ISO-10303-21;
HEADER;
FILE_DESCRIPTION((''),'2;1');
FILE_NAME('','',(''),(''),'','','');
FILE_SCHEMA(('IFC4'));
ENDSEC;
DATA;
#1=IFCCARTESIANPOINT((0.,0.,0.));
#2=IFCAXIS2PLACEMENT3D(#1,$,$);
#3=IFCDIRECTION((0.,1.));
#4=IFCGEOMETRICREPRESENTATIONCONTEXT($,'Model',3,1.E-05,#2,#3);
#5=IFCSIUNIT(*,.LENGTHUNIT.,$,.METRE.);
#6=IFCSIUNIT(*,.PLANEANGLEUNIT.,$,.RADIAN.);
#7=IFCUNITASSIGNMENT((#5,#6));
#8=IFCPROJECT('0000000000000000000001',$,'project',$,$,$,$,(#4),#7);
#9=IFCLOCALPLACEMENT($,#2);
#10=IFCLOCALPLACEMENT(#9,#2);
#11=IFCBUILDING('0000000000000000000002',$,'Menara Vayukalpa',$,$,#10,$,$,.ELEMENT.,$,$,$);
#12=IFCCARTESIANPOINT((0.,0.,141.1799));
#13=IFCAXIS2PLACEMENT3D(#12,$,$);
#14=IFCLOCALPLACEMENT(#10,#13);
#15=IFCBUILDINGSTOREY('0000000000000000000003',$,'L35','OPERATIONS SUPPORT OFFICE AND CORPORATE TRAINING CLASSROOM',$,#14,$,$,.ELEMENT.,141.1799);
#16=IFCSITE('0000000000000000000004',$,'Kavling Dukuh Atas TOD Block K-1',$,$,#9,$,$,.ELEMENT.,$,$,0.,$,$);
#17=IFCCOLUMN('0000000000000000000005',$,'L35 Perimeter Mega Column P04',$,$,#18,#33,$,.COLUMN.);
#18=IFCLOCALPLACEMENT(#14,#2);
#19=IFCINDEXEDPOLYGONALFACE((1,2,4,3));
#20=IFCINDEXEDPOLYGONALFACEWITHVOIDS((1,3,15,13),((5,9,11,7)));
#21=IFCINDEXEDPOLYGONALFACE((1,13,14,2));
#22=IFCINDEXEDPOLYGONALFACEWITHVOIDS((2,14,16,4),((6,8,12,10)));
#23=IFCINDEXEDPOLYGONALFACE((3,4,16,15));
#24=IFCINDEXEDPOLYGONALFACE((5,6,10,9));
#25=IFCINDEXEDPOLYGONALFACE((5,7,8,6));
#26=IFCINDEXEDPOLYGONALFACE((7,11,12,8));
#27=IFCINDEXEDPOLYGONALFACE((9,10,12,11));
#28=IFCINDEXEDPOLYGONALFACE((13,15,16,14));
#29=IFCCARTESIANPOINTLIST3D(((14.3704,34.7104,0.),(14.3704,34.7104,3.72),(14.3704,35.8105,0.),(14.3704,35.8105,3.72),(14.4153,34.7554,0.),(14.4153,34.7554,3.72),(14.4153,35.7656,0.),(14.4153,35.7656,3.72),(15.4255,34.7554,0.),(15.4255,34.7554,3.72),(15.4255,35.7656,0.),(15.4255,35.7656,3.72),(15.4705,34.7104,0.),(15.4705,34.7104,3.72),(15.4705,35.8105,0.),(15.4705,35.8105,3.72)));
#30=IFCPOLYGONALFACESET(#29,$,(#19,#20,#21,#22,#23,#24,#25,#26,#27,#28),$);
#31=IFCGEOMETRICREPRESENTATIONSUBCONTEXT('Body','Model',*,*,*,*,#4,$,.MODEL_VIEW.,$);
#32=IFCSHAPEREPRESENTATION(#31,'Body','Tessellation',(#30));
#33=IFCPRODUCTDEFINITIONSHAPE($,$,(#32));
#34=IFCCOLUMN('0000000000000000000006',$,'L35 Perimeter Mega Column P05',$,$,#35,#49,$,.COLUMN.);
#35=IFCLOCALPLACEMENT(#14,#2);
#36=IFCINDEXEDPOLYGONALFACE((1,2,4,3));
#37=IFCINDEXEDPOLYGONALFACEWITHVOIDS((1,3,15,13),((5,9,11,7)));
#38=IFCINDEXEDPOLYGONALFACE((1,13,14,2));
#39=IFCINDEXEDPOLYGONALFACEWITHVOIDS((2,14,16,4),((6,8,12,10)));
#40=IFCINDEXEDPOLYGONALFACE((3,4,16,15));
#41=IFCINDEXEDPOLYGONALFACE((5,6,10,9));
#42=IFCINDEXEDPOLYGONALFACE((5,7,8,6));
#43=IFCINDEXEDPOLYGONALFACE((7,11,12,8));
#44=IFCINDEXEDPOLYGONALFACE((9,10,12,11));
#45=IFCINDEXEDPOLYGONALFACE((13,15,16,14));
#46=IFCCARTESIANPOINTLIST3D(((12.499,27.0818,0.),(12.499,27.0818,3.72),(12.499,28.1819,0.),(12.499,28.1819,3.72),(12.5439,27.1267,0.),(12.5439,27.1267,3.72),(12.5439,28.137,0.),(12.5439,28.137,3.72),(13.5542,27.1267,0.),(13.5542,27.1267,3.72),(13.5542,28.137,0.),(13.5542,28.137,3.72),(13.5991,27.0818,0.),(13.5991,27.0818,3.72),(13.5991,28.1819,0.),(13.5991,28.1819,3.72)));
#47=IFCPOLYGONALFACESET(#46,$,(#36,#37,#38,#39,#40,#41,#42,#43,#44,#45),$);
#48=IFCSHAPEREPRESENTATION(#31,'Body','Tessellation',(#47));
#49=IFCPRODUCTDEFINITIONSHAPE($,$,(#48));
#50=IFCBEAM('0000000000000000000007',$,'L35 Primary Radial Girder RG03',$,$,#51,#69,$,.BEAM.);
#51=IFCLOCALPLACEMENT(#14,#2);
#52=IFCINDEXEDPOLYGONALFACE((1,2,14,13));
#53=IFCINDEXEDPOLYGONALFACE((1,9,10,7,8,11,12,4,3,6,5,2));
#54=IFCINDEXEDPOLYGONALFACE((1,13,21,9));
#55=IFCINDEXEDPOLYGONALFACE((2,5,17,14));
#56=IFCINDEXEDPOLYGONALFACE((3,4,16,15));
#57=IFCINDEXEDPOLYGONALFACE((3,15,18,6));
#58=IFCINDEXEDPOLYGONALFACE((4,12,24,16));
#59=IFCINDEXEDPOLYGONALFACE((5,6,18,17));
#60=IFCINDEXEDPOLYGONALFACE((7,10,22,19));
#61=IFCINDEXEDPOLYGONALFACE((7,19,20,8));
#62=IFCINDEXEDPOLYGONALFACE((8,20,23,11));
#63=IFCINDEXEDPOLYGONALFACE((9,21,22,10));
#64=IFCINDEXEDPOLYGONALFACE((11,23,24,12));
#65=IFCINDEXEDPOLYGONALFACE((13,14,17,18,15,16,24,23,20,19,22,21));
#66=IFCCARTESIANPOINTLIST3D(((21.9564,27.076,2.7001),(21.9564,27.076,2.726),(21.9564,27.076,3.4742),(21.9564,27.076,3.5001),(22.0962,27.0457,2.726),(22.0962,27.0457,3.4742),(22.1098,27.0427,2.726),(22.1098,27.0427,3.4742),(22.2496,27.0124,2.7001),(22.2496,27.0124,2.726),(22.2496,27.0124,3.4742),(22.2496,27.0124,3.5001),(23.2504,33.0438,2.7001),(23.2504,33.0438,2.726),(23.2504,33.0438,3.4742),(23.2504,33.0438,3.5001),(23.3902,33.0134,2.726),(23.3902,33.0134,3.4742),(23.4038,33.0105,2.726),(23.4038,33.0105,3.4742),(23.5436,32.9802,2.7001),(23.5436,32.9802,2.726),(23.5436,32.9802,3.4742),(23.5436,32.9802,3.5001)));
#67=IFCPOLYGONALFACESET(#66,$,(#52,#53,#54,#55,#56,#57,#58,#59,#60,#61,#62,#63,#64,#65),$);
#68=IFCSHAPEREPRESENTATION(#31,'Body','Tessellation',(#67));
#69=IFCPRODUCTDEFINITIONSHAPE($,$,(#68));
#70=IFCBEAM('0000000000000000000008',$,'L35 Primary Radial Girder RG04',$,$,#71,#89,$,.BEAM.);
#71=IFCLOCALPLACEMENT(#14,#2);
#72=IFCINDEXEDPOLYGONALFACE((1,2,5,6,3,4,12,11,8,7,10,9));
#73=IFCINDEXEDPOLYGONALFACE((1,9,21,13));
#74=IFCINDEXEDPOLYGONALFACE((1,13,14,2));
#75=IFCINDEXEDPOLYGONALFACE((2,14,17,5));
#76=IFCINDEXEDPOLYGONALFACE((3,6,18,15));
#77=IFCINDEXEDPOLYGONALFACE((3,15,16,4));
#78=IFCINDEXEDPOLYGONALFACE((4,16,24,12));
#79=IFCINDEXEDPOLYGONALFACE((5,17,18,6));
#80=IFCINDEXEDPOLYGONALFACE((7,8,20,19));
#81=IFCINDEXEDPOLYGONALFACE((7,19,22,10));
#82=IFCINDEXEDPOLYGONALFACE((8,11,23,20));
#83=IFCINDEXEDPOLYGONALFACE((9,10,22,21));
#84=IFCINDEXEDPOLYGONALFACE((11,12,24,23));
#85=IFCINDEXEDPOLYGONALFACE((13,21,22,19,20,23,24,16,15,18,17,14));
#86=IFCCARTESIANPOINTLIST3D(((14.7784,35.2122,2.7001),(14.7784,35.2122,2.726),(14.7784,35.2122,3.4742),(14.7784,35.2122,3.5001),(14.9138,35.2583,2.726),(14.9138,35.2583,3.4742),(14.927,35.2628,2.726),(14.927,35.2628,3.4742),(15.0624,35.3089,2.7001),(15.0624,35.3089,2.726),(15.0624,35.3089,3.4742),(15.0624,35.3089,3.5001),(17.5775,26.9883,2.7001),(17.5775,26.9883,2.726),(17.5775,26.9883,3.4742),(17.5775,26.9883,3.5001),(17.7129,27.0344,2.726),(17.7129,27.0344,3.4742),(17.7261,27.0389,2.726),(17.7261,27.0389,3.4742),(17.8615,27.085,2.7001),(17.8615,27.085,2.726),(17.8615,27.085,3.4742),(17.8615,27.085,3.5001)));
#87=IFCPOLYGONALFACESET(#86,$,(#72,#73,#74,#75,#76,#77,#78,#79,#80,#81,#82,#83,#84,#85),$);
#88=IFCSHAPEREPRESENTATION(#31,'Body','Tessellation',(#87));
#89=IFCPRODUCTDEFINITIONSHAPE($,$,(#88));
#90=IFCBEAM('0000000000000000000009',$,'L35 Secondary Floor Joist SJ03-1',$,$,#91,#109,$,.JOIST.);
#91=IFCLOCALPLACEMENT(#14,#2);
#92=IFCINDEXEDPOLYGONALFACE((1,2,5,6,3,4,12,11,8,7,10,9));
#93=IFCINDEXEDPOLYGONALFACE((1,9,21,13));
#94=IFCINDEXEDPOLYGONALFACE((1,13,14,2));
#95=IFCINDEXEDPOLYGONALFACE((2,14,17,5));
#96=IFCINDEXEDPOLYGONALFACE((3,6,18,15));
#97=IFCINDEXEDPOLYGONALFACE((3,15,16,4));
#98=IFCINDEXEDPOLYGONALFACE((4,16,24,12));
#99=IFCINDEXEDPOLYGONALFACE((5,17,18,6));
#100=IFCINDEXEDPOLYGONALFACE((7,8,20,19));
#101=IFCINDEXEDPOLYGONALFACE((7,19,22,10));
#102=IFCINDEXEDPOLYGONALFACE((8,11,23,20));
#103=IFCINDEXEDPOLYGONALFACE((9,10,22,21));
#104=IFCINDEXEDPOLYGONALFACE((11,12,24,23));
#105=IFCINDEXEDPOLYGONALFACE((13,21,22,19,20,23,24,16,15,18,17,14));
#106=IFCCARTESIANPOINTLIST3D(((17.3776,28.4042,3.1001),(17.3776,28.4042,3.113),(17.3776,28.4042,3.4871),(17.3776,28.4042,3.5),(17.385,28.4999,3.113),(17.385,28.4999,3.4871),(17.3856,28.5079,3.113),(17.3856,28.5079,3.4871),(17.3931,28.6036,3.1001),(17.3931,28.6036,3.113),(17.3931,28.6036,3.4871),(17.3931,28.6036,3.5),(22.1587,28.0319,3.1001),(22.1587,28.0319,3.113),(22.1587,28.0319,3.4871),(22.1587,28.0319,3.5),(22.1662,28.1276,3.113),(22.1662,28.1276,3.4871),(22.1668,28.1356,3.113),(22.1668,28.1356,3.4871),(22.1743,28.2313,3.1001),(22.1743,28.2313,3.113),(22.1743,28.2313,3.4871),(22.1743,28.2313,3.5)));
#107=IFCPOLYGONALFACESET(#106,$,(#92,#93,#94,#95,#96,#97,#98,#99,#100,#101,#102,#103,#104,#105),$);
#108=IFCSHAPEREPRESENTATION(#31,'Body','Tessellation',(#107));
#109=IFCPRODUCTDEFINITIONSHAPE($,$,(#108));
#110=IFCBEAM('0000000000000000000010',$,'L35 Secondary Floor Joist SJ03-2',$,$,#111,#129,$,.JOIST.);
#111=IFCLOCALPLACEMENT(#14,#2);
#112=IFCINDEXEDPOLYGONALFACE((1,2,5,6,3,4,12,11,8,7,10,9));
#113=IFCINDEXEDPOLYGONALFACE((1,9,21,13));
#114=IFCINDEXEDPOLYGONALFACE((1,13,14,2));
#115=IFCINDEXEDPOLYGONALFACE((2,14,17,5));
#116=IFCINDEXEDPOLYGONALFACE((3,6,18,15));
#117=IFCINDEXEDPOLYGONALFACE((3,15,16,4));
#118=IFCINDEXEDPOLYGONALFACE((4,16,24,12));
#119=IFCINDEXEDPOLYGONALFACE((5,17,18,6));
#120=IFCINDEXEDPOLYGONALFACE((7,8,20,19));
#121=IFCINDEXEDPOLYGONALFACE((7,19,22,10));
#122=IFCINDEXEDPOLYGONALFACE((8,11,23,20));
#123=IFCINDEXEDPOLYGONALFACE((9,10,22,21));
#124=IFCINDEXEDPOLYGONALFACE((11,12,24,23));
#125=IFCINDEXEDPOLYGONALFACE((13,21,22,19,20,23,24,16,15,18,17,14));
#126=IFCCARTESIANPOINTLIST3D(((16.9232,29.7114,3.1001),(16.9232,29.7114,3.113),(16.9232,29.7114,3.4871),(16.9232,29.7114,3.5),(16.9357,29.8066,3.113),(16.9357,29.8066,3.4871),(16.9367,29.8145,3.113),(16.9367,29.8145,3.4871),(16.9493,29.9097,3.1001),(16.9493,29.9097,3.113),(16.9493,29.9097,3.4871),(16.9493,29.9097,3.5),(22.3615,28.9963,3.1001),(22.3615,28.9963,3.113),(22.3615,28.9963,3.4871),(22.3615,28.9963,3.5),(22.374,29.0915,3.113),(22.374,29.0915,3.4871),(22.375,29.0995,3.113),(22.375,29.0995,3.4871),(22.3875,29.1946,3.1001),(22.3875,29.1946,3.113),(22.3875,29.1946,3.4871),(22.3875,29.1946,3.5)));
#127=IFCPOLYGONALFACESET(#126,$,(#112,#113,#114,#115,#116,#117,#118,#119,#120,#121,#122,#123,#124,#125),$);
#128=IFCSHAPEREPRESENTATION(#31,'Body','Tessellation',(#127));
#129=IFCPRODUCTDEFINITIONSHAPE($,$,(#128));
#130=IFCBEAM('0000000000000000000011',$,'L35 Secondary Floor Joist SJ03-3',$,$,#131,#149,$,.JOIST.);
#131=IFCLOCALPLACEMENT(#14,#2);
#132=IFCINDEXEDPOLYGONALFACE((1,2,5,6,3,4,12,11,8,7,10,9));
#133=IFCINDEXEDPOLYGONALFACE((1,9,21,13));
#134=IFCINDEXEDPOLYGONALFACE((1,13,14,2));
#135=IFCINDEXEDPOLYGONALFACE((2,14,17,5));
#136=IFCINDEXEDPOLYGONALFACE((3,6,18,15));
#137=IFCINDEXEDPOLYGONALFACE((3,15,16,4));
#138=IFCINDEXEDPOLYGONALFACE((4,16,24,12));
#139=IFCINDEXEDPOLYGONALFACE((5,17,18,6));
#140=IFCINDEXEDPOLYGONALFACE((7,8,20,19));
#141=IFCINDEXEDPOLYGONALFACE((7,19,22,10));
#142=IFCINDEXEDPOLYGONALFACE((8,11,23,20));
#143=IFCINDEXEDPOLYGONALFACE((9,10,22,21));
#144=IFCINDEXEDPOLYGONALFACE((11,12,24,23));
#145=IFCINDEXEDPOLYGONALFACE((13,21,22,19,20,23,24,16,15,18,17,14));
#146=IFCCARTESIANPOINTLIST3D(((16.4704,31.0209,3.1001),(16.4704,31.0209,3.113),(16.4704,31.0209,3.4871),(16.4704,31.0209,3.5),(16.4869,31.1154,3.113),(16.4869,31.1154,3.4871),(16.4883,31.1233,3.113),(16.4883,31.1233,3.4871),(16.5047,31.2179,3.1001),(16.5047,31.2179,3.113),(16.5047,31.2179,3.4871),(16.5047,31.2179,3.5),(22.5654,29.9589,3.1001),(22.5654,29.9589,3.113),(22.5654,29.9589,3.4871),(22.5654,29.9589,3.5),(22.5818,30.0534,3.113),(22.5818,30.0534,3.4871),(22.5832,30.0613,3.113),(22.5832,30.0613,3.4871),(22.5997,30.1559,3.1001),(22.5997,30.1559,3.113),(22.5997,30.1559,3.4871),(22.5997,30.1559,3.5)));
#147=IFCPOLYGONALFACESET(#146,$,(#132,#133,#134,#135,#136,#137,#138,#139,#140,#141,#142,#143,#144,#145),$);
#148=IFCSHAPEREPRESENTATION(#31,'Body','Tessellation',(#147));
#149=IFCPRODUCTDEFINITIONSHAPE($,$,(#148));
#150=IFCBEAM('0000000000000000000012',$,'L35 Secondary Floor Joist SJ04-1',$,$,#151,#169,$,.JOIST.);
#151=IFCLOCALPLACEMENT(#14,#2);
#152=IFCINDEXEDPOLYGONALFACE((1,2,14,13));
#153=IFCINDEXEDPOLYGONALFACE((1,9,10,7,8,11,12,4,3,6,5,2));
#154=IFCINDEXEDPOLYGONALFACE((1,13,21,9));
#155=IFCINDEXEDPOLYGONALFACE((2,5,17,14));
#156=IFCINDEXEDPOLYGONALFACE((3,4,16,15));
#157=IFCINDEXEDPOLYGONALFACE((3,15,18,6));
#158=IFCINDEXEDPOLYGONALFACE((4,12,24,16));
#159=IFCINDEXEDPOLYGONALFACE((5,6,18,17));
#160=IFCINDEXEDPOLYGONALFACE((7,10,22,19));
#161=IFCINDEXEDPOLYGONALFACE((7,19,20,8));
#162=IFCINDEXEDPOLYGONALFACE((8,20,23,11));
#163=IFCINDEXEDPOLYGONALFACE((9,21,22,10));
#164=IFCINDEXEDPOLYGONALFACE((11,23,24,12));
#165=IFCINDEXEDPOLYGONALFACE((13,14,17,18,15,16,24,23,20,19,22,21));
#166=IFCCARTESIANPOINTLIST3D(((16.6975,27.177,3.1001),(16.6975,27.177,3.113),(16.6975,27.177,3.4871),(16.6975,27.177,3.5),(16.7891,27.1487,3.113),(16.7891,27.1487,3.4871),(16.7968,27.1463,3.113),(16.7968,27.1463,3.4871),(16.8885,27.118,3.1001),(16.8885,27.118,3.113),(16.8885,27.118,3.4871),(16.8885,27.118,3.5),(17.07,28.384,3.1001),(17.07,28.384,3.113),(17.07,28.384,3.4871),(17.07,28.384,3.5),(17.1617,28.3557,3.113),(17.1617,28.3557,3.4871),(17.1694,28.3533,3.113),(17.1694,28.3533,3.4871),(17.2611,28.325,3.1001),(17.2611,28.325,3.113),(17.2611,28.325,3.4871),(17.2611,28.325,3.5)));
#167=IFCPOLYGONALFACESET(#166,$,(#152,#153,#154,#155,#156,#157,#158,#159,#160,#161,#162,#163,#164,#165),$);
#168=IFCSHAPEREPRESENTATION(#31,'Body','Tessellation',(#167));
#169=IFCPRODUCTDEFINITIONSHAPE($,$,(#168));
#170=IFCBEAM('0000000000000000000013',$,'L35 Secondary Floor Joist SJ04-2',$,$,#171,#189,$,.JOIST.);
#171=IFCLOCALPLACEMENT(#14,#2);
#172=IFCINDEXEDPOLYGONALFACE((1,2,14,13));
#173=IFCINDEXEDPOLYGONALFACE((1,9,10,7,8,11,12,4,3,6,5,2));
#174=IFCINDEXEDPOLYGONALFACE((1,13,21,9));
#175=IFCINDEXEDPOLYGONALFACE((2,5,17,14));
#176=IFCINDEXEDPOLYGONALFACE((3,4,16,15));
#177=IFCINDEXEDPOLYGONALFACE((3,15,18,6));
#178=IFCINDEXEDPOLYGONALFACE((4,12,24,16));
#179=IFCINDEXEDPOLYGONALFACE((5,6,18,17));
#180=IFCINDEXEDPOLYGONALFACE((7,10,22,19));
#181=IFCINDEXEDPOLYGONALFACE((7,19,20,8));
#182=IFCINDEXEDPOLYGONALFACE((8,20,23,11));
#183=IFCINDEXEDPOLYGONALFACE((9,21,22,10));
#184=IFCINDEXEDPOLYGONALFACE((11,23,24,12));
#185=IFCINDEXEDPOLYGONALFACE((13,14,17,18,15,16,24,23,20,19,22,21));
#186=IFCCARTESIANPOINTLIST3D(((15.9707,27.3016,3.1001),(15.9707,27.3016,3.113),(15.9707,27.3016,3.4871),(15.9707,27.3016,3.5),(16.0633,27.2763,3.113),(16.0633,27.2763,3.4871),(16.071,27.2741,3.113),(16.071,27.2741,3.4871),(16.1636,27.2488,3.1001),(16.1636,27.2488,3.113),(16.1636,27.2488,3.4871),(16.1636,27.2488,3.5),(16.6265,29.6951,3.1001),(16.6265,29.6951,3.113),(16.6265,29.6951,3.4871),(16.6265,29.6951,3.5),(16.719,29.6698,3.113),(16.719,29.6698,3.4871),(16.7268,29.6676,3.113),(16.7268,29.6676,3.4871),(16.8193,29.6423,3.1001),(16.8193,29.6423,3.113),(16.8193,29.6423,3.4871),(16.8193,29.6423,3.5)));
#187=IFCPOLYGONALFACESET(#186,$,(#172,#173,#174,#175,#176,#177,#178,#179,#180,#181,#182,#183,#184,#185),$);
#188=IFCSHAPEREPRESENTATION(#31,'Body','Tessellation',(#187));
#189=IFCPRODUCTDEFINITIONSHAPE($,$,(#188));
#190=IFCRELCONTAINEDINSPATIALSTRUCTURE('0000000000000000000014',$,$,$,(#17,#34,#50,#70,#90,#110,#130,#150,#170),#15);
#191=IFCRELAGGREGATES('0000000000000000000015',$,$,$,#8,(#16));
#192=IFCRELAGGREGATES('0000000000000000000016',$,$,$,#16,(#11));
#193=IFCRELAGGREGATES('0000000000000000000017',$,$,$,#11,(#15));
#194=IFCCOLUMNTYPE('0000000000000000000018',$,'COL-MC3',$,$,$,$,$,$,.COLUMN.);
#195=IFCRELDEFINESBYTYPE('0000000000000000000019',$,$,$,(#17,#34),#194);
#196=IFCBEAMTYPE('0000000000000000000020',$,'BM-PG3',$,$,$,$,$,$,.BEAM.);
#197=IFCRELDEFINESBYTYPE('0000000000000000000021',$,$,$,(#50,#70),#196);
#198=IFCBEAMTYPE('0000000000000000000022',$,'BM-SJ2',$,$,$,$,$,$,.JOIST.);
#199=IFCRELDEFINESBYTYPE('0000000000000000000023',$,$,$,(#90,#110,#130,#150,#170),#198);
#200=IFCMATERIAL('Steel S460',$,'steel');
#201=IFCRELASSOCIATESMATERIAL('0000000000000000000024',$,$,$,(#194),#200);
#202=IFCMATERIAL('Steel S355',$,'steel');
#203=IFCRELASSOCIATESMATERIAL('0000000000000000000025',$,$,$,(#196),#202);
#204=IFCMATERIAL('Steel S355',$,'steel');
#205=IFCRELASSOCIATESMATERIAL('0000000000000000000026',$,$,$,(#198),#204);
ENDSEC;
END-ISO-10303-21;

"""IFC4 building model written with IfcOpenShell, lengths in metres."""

from ifc_helpers import new_model, si_unit, direction, frame, origin, origin_2d, place, context, subcontext, project, spatial, hollow_rectangle, i_section, extrude, material, material_profile, profile_set, type_object, element, save


model = new_model("IFC4")

# Units and contexts
model_context = context("Model", 3, precision=1e-05, world=origin(), true_north=direction((0.0, 1.0)))
body_context = subcontext(model_context, "Body", "Model", "MODEL_VIEW")
ifc_project = project(units=[si_unit("LENGTHUNIT", "METRE"), si_unit("PLANEANGLEUNIT", "RADIAN")], contexts=[model_context])

# Site, building, storey
site_placement = place(None, origin())
site = spatial("IfcSite", under=ifc_project, at=site_placement, Name="Kavling Dukuh Atas TOD Block K-1", CompositionType="ELEMENT", RefElevation=0.0)
building_placement = place(site_placement, origin())
building = spatial("IfcBuilding", under=site, at=building_placement, Name="Menara Vayukalpa", CompositionType="ELEMENT")
storey_placement = place(building_placement, frame((0.0, 0.0, 141.1799)))
storey = spatial("IfcBuildingStorey", under=building, at=storey_placement, Name="L35", Description="OPERATIONS SUPPORT OFFICE AND CORPORATE TRAINING CLASSROOM", CompositionType="ELEMENT", Elevation=141.1799)

# Columns
ifc_material_1 = material(Name="Steel S460", Category="steel")
ifc_material_profile_1 = material_profile(ifc_material_1, hollow_rectangle(XDim=1.1001, YDim=1.1001, WallThickness=0.0449, at=origin_2d()), Name="BOX 1100x1100x45")
ifc_profile_set_1 = profile_set([ifc_material_profile_1], Name="Steel S460")
column_type = type_object("IfcColumnType", Name="COL-MC3", PredefinedType="COLUMN", material=ifc_profile_set_1)
for number, where, z_axis, x_axis, name in (
    (1, (14.9204, 35.2605, 0.0), (0.0, 0.0, 1.0), (1.0, 0.0, 0.0), "L35 Perimeter Mega Column P04"),
    (2, (13.0491, 27.6318, 0.0), (0.0, 0.0, 1.0), (1.0, 0.0, 0.0), "L35 Perimeter Mega Column P05"),
):
    element("IfcColumn", number, at=place(storey_placement, frame(where, z_axis=z_axis, x_axis=x_axis)), inside=storey, type_object=column_type, Name=name, PredefinedType="COLUMN", context=body_context, shape_type="SweptSolid", body=[
        extrude(hollow_rectangle(XDim=1.1001, YDim=1.1001, WallThickness=0.0449, at=origin_2d()), origin(), (0.0, 0.0, 1.0), 3.72),
    ])

# Beams
ifc_material_2 = material(Name="Steel S355", Category="steel")
ifc_material_profile_2 = material_profile(ifc_material_2, i_section(OverallWidth=0.3, OverallDepth=0.8, WebThickness=0.0139, FlangeThickness=0.0259, at=origin_2d()), Name="WF 800x300x14x26")
ifc_profile_set_2 = profile_set([ifc_material_profile_2], Name="Steel S355")
beam_type_1 = type_object("IfcBeamType", Name="BM-PG3", PredefinedType="BEAM", material=ifc_profile_set_2)
beam_1_placement = place(storey_placement, frame((22.103, 27.0442, 3.1001), z_axis=(0.211898, 0.977292, 0.0), x_axis=(-0.977292, 0.211898, 0.0)))
element("IfcBeam", 3, at=beam_1_placement, inside=storey, type_object=beam_type_1, Name="L35 Primary Radial Girder RG03", PredefinedType="BEAM", context=body_context, shape_type="SweptSolid", body=[
    extrude(i_section(OverallWidth=0.3, OverallDepth=0.8, WebThickness=0.0139, FlangeThickness=0.0259, at=origin_2d()), origin(), (0.0, 0.0, 1.0), 6.1064),
])
beam_2_placement = place(storey_placement, frame((17.7195, 27.0366, 3.1001), z_axis=(-0.322208, 0.946669, 0.0), x_axis=(-0.946669, -0.322208, 0.0)))
element("IfcBeam", 4, at=beam_2_placement, inside=storey, type_object=beam_type_1, Name="L35 Primary Radial Girder RG04", PredefinedType="BEAM", context=body_context, shape_type="SweptSolid", body=[
    extrude(i_section(OverallWidth=0.3, OverallDepth=0.8, WebThickness=0.0139, FlangeThickness=0.0259, at=origin_2d()), origin(), (0.0, 0.0, 1.0), 8.6873),
])
ifc_material_3 = material(Name="Steel S355", Category="steel")
ifc_material_profile_3 = material_profile(ifc_material_3, i_section(OverallWidth=0.2, OverallDepth=0.3999, WebThickness=0.0081, FlangeThickness=0.0129, at=origin_2d()), Name="WF 400x200x8x13")
ifc_profile_set_3 = profile_set([ifc_material_profile_3], Name="Steel S355")
beam_type_2 = type_object("IfcBeamType", Name="BM-SJ2", PredefinedType="JOIST", material=ifc_profile_set_3)
beam_3_placement = place(storey_placement, frame((22.1665, 28.1316, 3.3), z_axis=(-0.996982, 0.077635, 0.0), x_axis=(-0.077635, -0.996982, 0.0)))
element("IfcBeam", 5, at=beam_3_placement, inside=storey, type_object=beam_type_2, Name="L35 Secondary Floor Joist SJ03-1", PredefinedType="JOIST", context=body_context, shape_type="SweptSolid", body=[
    extrude(i_section(OverallWidth=0.2, OverallDepth=0.3999, WebThickness=0.0081, FlangeThickness=0.0129, at=origin_2d()), origin(), (0.0, 0.0, 1.0), 4.7957),
])
beam_4_placement = place(storey_placement, frame((22.3745, 29.0955, 3.3), z_axis=(-0.991465, 0.13037, 0.0), x_axis=(-0.13037, -0.991465, 0.0)))
element("IfcBeam", 6, at=beam_4_placement, inside=storey, type_object=beam_type_2, Name="L35 Secondary Floor Joist SJ03-2", PredefinedType="JOIST", context=body_context, shape_type="SweptSolid", body=[
    extrude(i_section(OverallWidth=0.2, OverallDepth=0.3999, WebThickness=0.0081, FlangeThickness=0.0129, at=origin_2d()), origin(), (0.0, 0.0, 1.0), 5.4851),
])
beam_5_placement = place(storey_placement, frame((22.5825, 30.0574, 3.3), z_axis=(-0.985157, 0.171658, 0.0), x_axis=(-0.171658, -0.985157, 0.0)))
element("IfcBeam", 7, at=beam_5_placement, inside=storey, type_object=beam_type_2, Name="L35 Secondary Floor Joist SJ03-3", PredefinedType="JOIST", context=body_context, shape_type="SweptSolid", body=[
    extrude(i_section(OverallWidth=0.2, OverallDepth=0.3999, WebThickness=0.0081, FlangeThickness=0.0129, at=origin_2d()), origin(), (0.0, 0.0, 1.0), 6.1868),
])
beam_6_placement = place(storey_placement, frame((17.1655, 28.3545, 3.3), z_axis=(-0.294928, -0.95552, 0.0), x_axis=(0.95552, -0.294928, 0.0)))
element("IfcBeam", 8, at=beam_6_placement, inside=storey, type_object=beam_type_2, Name="L35 Secondary Floor Joist SJ04-1", PredefinedType="JOIST", context=body_context, shape_type="SweptSolid", body=[
    extrude(i_section(OverallWidth=0.2, OverallDepth=0.3999, WebThickness=0.0081, FlangeThickness=0.0129, at=origin_2d()), origin(), (0.0, 0.0, 1.0), 1.2632),
])
beam_7_placement = place(storey_placement, frame((16.7229, 29.6687, 3.3), z_axis=(-0.264233, -0.964459, 0.0), x_axis=(0.964459, -0.264233, 0.0)))
element("IfcBeam", 9, at=beam_7_placement, inside=storey, type_object=beam_type_2, Name="L35 Secondary Floor Joist SJ04-2", PredefinedType="JOIST", context=body_context, shape_type="SweptSolid", body=[
    extrude(i_section(OverallWidth=0.2, OverallDepth=0.3999, WebThickness=0.0081, FlangeThickness=0.0129, at=origin_2d()), origin(), (0.0, 0.0, 1.0), 2.4817),
])

save(model, "model.ifc")
